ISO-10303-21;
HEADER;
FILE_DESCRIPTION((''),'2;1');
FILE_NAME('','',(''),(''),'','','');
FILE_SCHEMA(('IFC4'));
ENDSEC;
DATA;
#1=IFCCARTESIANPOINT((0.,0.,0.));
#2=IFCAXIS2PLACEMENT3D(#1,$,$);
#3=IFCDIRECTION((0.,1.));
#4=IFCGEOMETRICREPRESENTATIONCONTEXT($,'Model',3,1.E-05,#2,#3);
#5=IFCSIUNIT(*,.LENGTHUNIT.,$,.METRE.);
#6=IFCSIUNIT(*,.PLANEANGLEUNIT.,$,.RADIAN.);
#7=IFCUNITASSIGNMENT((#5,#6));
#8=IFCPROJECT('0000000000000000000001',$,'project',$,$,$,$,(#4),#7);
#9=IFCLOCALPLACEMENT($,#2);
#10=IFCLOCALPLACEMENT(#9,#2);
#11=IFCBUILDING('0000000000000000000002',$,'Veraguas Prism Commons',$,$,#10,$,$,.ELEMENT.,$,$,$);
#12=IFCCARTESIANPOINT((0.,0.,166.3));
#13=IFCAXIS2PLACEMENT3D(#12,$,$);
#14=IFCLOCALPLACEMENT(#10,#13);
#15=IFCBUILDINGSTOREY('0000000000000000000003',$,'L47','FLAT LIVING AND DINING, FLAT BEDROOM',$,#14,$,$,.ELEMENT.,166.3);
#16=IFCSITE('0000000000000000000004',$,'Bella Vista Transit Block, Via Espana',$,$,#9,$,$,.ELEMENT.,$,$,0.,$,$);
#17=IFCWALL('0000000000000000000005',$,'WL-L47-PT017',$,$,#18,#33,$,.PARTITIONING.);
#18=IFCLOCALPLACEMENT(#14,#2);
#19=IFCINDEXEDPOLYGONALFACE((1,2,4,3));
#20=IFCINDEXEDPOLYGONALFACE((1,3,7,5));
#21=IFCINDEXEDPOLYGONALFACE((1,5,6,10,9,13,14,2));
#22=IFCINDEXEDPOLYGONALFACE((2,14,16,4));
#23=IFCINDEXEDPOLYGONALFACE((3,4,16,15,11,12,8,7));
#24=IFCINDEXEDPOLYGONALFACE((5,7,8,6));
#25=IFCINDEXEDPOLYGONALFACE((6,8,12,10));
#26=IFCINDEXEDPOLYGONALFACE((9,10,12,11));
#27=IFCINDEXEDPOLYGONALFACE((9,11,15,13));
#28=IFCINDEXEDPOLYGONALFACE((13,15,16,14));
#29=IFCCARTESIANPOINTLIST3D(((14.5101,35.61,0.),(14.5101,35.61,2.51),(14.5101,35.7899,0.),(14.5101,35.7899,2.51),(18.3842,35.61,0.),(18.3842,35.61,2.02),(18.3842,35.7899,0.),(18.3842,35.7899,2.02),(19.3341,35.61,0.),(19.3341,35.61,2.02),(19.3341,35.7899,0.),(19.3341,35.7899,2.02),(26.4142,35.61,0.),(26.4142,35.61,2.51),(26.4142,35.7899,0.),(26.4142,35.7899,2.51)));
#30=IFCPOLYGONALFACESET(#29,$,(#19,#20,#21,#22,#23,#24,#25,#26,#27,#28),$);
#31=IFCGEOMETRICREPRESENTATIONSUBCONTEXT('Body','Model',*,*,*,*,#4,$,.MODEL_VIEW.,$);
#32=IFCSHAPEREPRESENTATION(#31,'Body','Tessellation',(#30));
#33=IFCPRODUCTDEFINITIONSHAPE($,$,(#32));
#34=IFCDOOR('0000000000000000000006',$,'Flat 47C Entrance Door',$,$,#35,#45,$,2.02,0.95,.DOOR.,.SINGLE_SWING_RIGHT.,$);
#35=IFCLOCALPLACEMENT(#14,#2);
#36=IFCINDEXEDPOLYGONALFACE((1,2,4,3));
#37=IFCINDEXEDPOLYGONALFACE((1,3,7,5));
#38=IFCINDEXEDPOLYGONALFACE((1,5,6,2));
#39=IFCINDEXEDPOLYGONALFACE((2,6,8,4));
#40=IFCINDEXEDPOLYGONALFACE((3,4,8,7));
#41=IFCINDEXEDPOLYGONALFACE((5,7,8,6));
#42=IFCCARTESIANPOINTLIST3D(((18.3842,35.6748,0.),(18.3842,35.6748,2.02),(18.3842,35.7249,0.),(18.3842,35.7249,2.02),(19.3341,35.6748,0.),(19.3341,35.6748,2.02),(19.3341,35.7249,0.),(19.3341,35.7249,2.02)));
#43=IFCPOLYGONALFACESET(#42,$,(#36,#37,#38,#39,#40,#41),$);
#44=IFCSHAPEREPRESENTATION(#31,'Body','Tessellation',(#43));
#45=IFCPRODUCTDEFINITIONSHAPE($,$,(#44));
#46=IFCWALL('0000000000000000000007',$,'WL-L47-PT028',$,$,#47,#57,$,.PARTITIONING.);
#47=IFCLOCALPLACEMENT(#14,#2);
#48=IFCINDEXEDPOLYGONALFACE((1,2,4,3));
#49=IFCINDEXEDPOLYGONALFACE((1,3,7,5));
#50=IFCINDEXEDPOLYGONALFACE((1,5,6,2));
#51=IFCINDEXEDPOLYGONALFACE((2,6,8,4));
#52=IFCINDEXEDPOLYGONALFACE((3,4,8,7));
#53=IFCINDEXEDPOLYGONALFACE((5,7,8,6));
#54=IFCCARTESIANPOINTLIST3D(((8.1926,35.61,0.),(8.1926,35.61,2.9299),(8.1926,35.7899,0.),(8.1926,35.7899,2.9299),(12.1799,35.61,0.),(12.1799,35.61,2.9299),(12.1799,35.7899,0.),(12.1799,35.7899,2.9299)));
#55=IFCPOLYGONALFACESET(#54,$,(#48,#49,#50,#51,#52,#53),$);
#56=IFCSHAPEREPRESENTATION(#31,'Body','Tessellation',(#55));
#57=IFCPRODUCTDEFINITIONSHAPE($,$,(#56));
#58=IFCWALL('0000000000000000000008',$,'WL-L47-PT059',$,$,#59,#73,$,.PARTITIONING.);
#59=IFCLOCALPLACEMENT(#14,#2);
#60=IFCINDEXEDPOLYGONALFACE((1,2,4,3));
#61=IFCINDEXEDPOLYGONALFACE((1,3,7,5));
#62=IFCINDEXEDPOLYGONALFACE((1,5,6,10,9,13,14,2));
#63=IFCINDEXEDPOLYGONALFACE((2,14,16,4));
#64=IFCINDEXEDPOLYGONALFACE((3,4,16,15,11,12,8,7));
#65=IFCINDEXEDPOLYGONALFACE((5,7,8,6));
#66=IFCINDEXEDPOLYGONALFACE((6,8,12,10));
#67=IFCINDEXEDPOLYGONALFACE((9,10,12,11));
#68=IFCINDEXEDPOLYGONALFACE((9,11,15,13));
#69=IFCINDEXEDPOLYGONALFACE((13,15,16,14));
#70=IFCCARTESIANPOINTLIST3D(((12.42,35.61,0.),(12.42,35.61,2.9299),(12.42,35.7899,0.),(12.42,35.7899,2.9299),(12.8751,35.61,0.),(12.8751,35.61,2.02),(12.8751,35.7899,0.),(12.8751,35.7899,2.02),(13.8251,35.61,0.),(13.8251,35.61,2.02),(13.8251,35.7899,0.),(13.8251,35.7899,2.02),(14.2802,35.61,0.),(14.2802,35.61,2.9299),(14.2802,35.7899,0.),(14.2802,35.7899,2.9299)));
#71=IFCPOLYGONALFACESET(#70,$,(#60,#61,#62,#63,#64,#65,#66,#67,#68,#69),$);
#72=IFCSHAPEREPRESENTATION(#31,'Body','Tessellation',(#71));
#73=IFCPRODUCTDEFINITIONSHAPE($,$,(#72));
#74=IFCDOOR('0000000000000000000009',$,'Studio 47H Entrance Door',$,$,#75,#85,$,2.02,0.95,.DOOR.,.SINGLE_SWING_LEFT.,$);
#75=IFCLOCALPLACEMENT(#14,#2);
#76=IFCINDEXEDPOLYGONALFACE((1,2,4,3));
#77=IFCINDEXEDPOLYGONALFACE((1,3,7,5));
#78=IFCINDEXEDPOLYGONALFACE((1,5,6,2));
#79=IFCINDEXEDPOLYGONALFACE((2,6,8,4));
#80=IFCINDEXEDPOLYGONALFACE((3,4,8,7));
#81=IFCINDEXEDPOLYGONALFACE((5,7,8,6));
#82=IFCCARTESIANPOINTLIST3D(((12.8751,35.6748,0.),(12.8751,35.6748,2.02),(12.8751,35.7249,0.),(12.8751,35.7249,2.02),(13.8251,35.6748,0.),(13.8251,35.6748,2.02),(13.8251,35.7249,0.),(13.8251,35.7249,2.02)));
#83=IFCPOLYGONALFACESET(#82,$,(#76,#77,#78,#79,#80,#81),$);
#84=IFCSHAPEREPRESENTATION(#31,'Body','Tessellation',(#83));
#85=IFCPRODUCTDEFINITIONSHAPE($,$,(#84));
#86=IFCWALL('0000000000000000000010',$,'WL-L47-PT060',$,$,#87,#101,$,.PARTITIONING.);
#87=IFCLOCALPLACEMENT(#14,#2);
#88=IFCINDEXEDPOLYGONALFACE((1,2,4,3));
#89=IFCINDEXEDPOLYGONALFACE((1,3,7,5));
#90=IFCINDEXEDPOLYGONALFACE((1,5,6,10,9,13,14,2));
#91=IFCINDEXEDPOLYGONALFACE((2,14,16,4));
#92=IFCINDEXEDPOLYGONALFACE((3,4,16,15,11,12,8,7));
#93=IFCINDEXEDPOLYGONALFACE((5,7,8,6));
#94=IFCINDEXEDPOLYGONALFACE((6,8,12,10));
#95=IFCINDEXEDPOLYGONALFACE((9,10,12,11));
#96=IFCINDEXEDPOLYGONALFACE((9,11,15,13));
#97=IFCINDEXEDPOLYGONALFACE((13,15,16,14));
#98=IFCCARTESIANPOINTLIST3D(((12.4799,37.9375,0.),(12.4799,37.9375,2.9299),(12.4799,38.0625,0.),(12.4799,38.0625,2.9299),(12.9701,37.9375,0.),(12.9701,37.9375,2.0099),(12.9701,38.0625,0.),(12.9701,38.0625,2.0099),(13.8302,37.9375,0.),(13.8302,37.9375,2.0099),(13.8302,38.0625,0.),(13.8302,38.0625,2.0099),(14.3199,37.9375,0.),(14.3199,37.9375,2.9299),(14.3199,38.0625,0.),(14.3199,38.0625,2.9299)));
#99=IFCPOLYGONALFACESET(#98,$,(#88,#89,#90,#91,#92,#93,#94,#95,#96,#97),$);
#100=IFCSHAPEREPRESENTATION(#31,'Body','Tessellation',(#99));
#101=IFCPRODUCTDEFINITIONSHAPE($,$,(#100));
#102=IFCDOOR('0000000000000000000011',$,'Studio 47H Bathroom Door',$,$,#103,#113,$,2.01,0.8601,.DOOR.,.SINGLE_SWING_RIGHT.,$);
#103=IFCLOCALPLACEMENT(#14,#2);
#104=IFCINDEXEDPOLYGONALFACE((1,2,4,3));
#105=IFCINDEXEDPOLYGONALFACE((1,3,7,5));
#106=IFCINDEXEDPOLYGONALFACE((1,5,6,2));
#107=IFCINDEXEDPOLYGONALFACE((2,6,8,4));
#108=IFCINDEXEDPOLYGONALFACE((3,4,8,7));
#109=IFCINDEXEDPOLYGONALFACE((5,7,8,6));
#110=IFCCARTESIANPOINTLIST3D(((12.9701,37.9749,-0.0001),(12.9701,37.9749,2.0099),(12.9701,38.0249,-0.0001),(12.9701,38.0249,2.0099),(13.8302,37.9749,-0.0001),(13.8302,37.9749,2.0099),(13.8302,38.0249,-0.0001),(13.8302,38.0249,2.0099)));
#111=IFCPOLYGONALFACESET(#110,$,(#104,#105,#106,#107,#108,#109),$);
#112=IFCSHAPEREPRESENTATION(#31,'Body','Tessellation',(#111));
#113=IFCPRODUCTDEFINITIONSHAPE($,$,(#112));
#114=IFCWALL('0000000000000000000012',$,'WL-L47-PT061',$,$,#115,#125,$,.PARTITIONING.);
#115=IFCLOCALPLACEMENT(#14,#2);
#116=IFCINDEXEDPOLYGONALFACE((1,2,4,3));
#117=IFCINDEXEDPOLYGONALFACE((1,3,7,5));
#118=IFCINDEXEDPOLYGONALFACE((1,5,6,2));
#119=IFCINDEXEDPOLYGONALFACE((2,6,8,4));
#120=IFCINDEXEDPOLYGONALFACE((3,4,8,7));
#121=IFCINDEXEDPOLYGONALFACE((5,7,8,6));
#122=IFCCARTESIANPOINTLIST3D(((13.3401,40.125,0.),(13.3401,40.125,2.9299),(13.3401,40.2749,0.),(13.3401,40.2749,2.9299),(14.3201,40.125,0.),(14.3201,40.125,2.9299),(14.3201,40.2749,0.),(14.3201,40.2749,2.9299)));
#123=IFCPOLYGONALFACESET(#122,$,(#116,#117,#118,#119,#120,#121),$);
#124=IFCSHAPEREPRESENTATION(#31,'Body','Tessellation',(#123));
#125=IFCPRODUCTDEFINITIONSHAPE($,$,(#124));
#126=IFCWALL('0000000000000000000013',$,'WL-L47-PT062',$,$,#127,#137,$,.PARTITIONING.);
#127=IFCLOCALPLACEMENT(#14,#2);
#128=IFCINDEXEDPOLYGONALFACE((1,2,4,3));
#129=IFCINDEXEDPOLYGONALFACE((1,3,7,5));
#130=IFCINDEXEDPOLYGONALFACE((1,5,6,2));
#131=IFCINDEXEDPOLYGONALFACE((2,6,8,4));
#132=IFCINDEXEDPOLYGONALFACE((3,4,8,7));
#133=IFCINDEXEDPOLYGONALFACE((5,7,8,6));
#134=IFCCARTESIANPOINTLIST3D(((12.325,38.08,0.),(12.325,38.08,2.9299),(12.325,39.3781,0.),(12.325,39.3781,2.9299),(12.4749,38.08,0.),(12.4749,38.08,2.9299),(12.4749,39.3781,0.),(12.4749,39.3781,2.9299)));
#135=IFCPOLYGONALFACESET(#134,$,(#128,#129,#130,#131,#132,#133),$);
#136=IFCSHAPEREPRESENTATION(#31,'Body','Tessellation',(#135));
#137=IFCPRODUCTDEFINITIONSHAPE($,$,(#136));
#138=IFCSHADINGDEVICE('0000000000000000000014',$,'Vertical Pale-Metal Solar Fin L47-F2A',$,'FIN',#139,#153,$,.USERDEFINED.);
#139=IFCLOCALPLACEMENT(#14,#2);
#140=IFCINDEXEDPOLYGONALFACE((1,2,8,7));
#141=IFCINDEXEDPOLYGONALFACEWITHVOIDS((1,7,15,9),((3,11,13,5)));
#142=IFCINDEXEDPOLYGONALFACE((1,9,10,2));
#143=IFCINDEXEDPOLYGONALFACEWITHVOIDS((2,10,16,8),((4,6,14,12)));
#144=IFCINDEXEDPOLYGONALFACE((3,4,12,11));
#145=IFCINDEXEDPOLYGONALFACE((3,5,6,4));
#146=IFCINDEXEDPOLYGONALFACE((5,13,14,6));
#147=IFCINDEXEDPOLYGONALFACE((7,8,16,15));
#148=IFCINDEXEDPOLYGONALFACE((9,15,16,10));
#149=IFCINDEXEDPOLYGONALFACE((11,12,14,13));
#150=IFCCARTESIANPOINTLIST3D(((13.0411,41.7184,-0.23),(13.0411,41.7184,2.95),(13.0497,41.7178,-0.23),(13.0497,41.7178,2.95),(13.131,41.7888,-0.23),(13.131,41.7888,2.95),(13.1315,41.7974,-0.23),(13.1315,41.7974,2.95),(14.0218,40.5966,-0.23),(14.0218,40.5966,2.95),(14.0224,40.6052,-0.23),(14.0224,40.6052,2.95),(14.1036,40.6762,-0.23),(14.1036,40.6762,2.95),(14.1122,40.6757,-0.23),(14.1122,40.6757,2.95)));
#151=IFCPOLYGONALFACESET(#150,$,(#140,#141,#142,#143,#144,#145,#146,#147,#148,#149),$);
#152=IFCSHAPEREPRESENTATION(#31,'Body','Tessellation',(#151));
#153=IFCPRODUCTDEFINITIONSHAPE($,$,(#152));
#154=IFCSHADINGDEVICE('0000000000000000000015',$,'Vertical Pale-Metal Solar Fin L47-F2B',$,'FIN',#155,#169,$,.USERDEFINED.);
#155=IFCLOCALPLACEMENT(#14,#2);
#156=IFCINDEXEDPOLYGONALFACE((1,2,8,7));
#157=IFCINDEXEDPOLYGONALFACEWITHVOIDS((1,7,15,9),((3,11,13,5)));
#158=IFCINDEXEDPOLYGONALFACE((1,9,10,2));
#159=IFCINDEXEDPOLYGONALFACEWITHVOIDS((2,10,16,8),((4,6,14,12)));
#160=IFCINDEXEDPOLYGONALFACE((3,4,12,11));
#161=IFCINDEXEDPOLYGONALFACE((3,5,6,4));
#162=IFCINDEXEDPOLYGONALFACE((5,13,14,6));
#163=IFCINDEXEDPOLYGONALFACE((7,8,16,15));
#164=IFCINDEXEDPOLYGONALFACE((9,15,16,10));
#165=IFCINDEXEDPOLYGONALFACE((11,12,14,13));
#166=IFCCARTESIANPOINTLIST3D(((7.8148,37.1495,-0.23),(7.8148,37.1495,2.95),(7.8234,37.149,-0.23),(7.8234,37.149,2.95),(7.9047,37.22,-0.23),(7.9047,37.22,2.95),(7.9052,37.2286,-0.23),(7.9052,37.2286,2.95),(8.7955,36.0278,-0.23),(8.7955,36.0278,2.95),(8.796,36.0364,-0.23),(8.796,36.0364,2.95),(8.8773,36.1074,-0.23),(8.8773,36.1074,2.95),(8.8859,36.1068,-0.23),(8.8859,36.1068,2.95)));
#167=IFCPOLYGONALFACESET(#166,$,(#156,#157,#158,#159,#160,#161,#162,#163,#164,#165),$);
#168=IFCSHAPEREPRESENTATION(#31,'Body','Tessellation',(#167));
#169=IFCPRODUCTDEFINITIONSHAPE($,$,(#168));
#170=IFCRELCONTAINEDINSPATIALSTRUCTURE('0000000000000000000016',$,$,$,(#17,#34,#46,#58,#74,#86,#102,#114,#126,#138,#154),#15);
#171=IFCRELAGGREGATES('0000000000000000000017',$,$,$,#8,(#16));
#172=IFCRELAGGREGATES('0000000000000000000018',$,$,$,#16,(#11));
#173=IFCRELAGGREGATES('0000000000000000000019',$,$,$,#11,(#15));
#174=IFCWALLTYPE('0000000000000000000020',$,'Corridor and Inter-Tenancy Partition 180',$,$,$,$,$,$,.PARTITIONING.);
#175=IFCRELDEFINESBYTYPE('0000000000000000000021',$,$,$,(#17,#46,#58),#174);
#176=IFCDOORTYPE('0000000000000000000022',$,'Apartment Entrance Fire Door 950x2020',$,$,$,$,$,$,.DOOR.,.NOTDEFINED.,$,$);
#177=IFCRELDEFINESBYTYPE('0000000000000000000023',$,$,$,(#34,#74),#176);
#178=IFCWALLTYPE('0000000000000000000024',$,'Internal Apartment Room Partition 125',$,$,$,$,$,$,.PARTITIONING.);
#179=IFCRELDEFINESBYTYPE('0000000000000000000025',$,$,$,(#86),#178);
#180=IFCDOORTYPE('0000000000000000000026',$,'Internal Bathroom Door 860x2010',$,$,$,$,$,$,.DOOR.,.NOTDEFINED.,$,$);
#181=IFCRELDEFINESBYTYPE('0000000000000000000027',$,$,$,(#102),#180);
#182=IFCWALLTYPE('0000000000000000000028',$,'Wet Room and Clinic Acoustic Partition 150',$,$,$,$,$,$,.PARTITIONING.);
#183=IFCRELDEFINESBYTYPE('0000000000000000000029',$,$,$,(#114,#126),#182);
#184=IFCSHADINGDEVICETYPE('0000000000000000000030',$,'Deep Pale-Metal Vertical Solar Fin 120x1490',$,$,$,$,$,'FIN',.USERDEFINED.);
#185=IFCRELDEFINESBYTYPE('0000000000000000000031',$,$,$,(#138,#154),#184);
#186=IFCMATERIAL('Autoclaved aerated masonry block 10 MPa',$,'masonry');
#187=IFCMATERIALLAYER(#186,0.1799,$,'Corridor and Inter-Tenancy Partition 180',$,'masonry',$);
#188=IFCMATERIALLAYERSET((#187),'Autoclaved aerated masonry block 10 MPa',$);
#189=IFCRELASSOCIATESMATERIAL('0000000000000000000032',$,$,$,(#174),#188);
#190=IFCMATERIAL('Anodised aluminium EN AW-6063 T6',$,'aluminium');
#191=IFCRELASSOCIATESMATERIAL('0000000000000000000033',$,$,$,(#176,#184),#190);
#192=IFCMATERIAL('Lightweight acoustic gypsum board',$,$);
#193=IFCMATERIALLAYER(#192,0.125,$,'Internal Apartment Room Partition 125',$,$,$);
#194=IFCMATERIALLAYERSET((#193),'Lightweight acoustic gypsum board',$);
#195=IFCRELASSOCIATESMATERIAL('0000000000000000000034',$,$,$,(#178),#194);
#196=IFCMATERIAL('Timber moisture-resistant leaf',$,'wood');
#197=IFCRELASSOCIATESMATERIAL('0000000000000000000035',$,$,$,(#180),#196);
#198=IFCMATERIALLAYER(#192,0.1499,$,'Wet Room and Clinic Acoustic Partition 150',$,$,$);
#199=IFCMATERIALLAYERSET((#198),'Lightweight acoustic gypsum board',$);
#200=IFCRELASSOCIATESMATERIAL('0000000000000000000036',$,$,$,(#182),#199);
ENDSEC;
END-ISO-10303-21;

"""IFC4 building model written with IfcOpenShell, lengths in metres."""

from ifc_helpers import new_model, si_unit, direction, frame, frame_2d, origin, origin_2d, place, context, subcontext, project, spatial, rectangle, hollow_rectangle, extrude, source, transform, mapped, material, layer, layer_set, material_profile, profile_set, type_object, element, fill, save


model = new_model("IFC4")

# Units and contexts
model_context = context("Model", 3, precision=1e-05, world=origin(), true_north=direction((0.0, 1.0)))
body_context = subcontext(model_context, "Body", "Model", "MODEL_VIEW")
ifc_project = project(units=[si_unit("LENGTHUNIT", "METRE"), si_unit("PLANEANGLEUNIT", "RADIAN")], contexts=[model_context])

# Site, building, storey
site_placement = place(None, origin())
site = spatial("IfcSite", under=ifc_project, at=site_placement, Name="Bella Vista Transit Block, Via Espana", CompositionType="ELEMENT", RefElevation=0.0)
building_placement = place(site_placement, origin())
building = spatial("IfcBuilding", under=site, at=building_placement, Name="Veraguas Prism Commons", CompositionType="ELEMENT")
storey_placement = place(building_placement, frame((0.0, 0.0, 166.3)))
storey = spatial("IfcBuildingStorey", under=building, at=storey_placement, Name="L47", Description="FLAT LIVING AND DINING, FLAT BEDROOM", CompositionType="ELEMENT", Elevation=166.3)

# Shared definitions
ifc_material_1 = material(Name="Anodised aluminium EN AW-6063 T6", Category="aluminium")

# Shared definitions
ifc_material_2 = material(Name="Autoclaved aerated masonry block 10 MPa", Category="masonry")
ifc_layer_1 = layer(ifc_material_2, 0.1799, Name="Corridor and Inter-Tenancy Partition 180", Category="masonry")
ifc_layer_set_1 = layer_set([ifc_layer_1], Name="Autoclaved aerated masonry block 10 MPa")
wall_type_1 = type_object("IfcWallType", Name="Corridor and Inter-Tenancy Partition 180", PredefinedType="PARTITIONING", material=ifc_layer_set_1)

# Wall, opening, door
wall_1_placement = place(storey_placement, frame((14.51, 35.7, 0.0), z_axis=(0.0, 0.0, 1.0), x_axis=(1.0, 0.0, 0.0)))
wall_1 = element("IfcWall", 1, at=wall_1_placement, inside=storey, type_object=wall_type_1, Name="WL-L47-PT017", PredefinedType="PARTITIONING", context=body_context, shape_type="SweptSolid", body=[
    extrude(rectangle(XDim=11.9041, YDim=0.1799, at=frame_2d((5.9521, 0.0))), origin(), (0.0, 0.0, 1.0), 2.51),
])
opening_1_placement = place(wall_1_placement, frame((3.874, 0.0, 0.0)))
opening_1 = element("IfcOpeningElement", 2, at=opening_1_placement, cuts=wall_1, PredefinedType="OPENING", context=body_context, shape_type="SweptSolid", body=[
    extrude(rectangle(XDim=0.95, YDim=2.02, at=frame_2d((0.4751, 1.01))), frame((0.0, 0.0999, 0.0), z_axis=(0.0, -1.0, 0.0), x_axis=(1.0, 0.0, 0.0)), (0.0, 0.0, 1.0), 0.2),
])
door_type_1 = type_object("IfcDoorType", Name="Apartment Entrance Fire Door 950x2020", OperationType="NOTDEFINED", PredefinedType="DOOR", material=ifc_material_1)
shared_shape_1 = source(origin(), body_context, "Body", "SweptSolid", [
    extrude(rectangle(XDim=0.95, YDim=2.02, at=frame_2d((0.4751, 1.01))), frame((0.0, 0.0249, 0.0), z_axis=(0.0, -1.0, 0.0), x_axis=(1.0, 0.0, 0.0)), (0.0, 0.0, 1.0), 0.05),
])
door_1_placement = place(opening_1_placement, origin())
door_1 = element("IfcDoor", 3, at=door_1_placement, inside=storey, type_object=door_type_1, Name="Flat 47C Entrance Door", OperationType="SINGLE_SWING_RIGHT", OverallHeight=2.02, OverallWidth=0.95, PredefinedType="DOOR", context=body_context, shape_type="MappedRepresentation", body=[
    mapped(shared_shape_1, transform((0.0, 0.0, 0.0), scale=1.0)),
])
fill(opening_1, door_1)

# Wall
wall_2_placement = place(storey_placement, frame((12.1799, 35.7, 0.0), z_axis=(0.0, 0.0, 1.0), x_axis=(-1.0, 0.0, 0.0)))
element("IfcWall", 4, at=wall_2_placement, inside=storey, type_object=wall_type_1, Name="WL-L47-PT028", PredefinedType="PARTITIONING", context=body_context, shape_type="SweptSolid", body=[
    extrude(rectangle(XDim=3.9873, YDim=0.1799, at=frame_2d((1.9937, 0.0))), origin(), (0.0, 0.0, 1.0), 2.9299),
])

# Walls, openings, doors
wall_3_placement = place(storey_placement, frame((12.4199, 35.7, 0.0), z_axis=(0.0, 0.0, 1.0), x_axis=(1.0, 0.0, 0.0)))
wall_3 = element("IfcWall", 5, at=wall_3_placement, inside=storey, type_object=wall_type_1, Name="WL-L47-PT059", PredefinedType="PARTITIONING", context=body_context, shape_type="SweptSolid", body=[
    extrude(rectangle(XDim=1.8601, YDim=0.1799, at=frame_2d((0.9302, 0.0))), origin(), (0.0, 0.0, 1.0), 2.9299),
])
opening_2_placement = place(wall_3_placement, frame((0.4551, 0.0, 0.0)))
opening_2 = element("IfcOpeningElement", 6, at=opening_2_placement, cuts=wall_3, PredefinedType="OPENING", context=body_context, shape_type="SweptSolid", body=[
    extrude(rectangle(XDim=0.95, YDim=2.02, at=frame_2d((0.4751, 1.01))), frame((0.0, 0.0999, 0.0), z_axis=(0.0, -1.0, 0.0), x_axis=(1.0, 0.0, 0.0)), (0.0, 0.0, 1.0), 0.2),
])
door_2_placement = place(opening_2_placement, origin())
door_2 = element("IfcDoor", 7, at=door_2_placement, inside=storey, type_object=door_type_1, Name="Studio 47H Entrance Door", OperationType="SINGLE_SWING_LEFT", OverallHeight=2.02, OverallWidth=0.95, PredefinedType="DOOR", context=body_context, shape_type="MappedRepresentation", body=[
    mapped(shared_shape_1, transform((0.0, 0.0, 0.0), scale=1.0)),
])
fill(opening_2, door_2)
ifc_material_3 = material(Name="Lightweight acoustic gypsum board")
ifc_layer_2 = layer(ifc_material_3, 0.125, Name="Internal Apartment Room Partition 125")
ifc_layer_set_2 = layer_set([ifc_layer_2], Name="Lightweight acoustic gypsum board")
wall_type_2 = type_object("IfcWallType", Name="Internal Apartment Room Partition 125", PredefinedType="PARTITIONING", material=ifc_layer_set_2)
wall_4_placement = place(storey_placement, frame((12.48, 38.0, 0.0), z_axis=(0.0, 0.0, 1.0), x_axis=(1.0, 0.0, 0.0)))
wall_4 = element("IfcWall", 8, at=wall_4_placement, inside=storey, type_object=wall_type_2, Name="WL-L47-PT060", PredefinedType="PARTITIONING", context=body_context, shape_type="SweptSolid", body=[
    extrude(rectangle(XDim=1.8401, YDim=0.125, at=frame_2d((0.9199, 0.0))), origin(), (0.0, 0.0, 1.0), 2.9299),
])
opening_3_placement = place(wall_4_placement, frame((0.49, 0.0, 0.0)))
opening_3 = element("IfcOpeningElement", 9, at=opening_3_placement, cuts=wall_4, PredefinedType="OPENING", context=body_context, shape_type="SweptSolid", body=[
    extrude(rectangle(XDim=0.8601, YDim=2.01, at=frame_2d((0.4302, 1.0049))), frame((0.0, 0.0725, 0.0), z_axis=(0.0, -1.0, 0.0), x_axis=(1.0, 0.0, 0.0)), (0.0, 0.0, 1.0), 0.145),
])
ifc_material_4 = material(Name="Timber moisture-resistant leaf", Category="wood")
door_type_2 = type_object("IfcDoorType", Name="Internal Bathroom Door 860x2010", OperationType="NOTDEFINED", PredefinedType="DOOR", material=ifc_material_4)
shared_shape_2 = source(origin(), body_context, "Body", "SweptSolid", [
    extrude(rectangle(XDim=0.8601, YDim=2.01, at=frame_2d((0.4302, 1.0049))), frame((0.0, 0.0249, 0.0), z_axis=(0.0, -1.0, 0.0), x_axis=(1.0, 0.0, 0.0)), (0.0, 0.0, 1.0), 0.05),
])
door_3_placement = place(opening_3_placement, origin())
door_3 = element("IfcDoor", 10, at=door_3_placement, inside=storey, type_object=door_type_2, Name="Studio 47H Bathroom Door", OperationType="SINGLE_SWING_RIGHT", OverallHeight=2.01, OverallWidth=0.8601, PredefinedType="DOOR", context=body_context, shape_type="MappedRepresentation", body=[
    mapped(shared_shape_2, transform((0.0, 0.0, 0.0), scale=1.0)),
])
fill(opening_3, door_3)

# Walls
ifc_layer_3 = layer(ifc_material_3, 0.1499, Name="Wet Room and Clinic Acoustic Partition 150")
ifc_layer_set_3 = layer_set([ifc_layer_3], Name="Lightweight acoustic gypsum board")
wall_type_3 = type_object("IfcWallType", Name="Wet Room and Clinic Acoustic Partition 150", PredefinedType="PARTITIONING", material=ifc_layer_set_3)
wall_5_placement = place(storey_placement, frame((13.3401, 40.2, 0.0), z_axis=(0.0, 0.0, 1.0), x_axis=(1.0, 0.0, 0.0)))
element("IfcWall", 11, at=wall_5_placement, inside=storey, type_object=wall_type_3, Name="WL-L47-PT061", PredefinedType="PARTITIONING", context=body_context, shape_type="SweptSolid", body=[
    extrude(rectangle(XDim=0.98, YDim=0.1499, at=frame_2d((0.49, 0.0))), origin(), (0.0, 0.0, 1.0), 2.9299),
])
wall_6_placement = place(storey_placement, frame((12.3999, 38.0801, 0.0), z_axis=(0.0, 0.0, 1.0), x_axis=(0.0, 1.0, 0.0)))
element("IfcWall", 12, at=wall_6_placement, inside=storey, type_object=wall_type_3, Name="WL-L47-PT062", PredefinedType="PARTITIONING", context=body_context, shape_type="SweptSolid", body=[
    extrude(rectangle(XDim=1.2981, YDim=0.1499, at=frame_2d((0.6489, 0.0))), origin(), (0.0, 0.0, 1.0), 2.9299),
])

# Shading devices
ifc_material_profile_1 = material_profile(ifc_material_1, hollow_rectangle(XDim=0.1201, YDim=1.49, WallThickness=0.0061, at=origin_2d()), Name="FIN120X1490X6")
ifc_profile_set_1 = profile_set([ifc_material_profile_1], Name="Anodised aluminium EN AW-6063 T6")
shading_device_type = type_object("IfcShadingDeviceType", Name="Deep Pale-Metal Vertical Solar Fin 120x1490", ElementType="FIN", PredefinedType="USERDEFINED", material=ifc_profile_set_1)
for number, where, z_axis, x_axis, name in (
    (13, (13.5767, 41.197, -0.23), (0.0, 0.0, 1.0), (-0.752873, -0.658165, 0.0), "Vertical Pale-Metal Solar Fin L47-F2A"),
    (14, (8.3503, 36.6282, -0.23), (0.0, 0.0, 1.0), (-0.752873, -0.658165, 0.0), "Vertical Pale-Metal Solar Fin L47-F2B"),
):
    element("IfcShadingDevice", number, at=place(storey_placement, frame(where, z_axis=z_axis, x_axis=x_axis)), inside=storey, type_object=shading_device_type, Name=name, ObjectType="FIN", PredefinedType="USERDEFINED", context=body_context, shape_type="SweptSolid", body=[
        extrude(hollow_rectangle(XDim=0.1201, YDim=1.49, WallThickness=0.0061, at=origin_2d()), origin(), (0.0, 0.0, 1.0), 3.1799),
    ])

save(model, "model.ifc")
